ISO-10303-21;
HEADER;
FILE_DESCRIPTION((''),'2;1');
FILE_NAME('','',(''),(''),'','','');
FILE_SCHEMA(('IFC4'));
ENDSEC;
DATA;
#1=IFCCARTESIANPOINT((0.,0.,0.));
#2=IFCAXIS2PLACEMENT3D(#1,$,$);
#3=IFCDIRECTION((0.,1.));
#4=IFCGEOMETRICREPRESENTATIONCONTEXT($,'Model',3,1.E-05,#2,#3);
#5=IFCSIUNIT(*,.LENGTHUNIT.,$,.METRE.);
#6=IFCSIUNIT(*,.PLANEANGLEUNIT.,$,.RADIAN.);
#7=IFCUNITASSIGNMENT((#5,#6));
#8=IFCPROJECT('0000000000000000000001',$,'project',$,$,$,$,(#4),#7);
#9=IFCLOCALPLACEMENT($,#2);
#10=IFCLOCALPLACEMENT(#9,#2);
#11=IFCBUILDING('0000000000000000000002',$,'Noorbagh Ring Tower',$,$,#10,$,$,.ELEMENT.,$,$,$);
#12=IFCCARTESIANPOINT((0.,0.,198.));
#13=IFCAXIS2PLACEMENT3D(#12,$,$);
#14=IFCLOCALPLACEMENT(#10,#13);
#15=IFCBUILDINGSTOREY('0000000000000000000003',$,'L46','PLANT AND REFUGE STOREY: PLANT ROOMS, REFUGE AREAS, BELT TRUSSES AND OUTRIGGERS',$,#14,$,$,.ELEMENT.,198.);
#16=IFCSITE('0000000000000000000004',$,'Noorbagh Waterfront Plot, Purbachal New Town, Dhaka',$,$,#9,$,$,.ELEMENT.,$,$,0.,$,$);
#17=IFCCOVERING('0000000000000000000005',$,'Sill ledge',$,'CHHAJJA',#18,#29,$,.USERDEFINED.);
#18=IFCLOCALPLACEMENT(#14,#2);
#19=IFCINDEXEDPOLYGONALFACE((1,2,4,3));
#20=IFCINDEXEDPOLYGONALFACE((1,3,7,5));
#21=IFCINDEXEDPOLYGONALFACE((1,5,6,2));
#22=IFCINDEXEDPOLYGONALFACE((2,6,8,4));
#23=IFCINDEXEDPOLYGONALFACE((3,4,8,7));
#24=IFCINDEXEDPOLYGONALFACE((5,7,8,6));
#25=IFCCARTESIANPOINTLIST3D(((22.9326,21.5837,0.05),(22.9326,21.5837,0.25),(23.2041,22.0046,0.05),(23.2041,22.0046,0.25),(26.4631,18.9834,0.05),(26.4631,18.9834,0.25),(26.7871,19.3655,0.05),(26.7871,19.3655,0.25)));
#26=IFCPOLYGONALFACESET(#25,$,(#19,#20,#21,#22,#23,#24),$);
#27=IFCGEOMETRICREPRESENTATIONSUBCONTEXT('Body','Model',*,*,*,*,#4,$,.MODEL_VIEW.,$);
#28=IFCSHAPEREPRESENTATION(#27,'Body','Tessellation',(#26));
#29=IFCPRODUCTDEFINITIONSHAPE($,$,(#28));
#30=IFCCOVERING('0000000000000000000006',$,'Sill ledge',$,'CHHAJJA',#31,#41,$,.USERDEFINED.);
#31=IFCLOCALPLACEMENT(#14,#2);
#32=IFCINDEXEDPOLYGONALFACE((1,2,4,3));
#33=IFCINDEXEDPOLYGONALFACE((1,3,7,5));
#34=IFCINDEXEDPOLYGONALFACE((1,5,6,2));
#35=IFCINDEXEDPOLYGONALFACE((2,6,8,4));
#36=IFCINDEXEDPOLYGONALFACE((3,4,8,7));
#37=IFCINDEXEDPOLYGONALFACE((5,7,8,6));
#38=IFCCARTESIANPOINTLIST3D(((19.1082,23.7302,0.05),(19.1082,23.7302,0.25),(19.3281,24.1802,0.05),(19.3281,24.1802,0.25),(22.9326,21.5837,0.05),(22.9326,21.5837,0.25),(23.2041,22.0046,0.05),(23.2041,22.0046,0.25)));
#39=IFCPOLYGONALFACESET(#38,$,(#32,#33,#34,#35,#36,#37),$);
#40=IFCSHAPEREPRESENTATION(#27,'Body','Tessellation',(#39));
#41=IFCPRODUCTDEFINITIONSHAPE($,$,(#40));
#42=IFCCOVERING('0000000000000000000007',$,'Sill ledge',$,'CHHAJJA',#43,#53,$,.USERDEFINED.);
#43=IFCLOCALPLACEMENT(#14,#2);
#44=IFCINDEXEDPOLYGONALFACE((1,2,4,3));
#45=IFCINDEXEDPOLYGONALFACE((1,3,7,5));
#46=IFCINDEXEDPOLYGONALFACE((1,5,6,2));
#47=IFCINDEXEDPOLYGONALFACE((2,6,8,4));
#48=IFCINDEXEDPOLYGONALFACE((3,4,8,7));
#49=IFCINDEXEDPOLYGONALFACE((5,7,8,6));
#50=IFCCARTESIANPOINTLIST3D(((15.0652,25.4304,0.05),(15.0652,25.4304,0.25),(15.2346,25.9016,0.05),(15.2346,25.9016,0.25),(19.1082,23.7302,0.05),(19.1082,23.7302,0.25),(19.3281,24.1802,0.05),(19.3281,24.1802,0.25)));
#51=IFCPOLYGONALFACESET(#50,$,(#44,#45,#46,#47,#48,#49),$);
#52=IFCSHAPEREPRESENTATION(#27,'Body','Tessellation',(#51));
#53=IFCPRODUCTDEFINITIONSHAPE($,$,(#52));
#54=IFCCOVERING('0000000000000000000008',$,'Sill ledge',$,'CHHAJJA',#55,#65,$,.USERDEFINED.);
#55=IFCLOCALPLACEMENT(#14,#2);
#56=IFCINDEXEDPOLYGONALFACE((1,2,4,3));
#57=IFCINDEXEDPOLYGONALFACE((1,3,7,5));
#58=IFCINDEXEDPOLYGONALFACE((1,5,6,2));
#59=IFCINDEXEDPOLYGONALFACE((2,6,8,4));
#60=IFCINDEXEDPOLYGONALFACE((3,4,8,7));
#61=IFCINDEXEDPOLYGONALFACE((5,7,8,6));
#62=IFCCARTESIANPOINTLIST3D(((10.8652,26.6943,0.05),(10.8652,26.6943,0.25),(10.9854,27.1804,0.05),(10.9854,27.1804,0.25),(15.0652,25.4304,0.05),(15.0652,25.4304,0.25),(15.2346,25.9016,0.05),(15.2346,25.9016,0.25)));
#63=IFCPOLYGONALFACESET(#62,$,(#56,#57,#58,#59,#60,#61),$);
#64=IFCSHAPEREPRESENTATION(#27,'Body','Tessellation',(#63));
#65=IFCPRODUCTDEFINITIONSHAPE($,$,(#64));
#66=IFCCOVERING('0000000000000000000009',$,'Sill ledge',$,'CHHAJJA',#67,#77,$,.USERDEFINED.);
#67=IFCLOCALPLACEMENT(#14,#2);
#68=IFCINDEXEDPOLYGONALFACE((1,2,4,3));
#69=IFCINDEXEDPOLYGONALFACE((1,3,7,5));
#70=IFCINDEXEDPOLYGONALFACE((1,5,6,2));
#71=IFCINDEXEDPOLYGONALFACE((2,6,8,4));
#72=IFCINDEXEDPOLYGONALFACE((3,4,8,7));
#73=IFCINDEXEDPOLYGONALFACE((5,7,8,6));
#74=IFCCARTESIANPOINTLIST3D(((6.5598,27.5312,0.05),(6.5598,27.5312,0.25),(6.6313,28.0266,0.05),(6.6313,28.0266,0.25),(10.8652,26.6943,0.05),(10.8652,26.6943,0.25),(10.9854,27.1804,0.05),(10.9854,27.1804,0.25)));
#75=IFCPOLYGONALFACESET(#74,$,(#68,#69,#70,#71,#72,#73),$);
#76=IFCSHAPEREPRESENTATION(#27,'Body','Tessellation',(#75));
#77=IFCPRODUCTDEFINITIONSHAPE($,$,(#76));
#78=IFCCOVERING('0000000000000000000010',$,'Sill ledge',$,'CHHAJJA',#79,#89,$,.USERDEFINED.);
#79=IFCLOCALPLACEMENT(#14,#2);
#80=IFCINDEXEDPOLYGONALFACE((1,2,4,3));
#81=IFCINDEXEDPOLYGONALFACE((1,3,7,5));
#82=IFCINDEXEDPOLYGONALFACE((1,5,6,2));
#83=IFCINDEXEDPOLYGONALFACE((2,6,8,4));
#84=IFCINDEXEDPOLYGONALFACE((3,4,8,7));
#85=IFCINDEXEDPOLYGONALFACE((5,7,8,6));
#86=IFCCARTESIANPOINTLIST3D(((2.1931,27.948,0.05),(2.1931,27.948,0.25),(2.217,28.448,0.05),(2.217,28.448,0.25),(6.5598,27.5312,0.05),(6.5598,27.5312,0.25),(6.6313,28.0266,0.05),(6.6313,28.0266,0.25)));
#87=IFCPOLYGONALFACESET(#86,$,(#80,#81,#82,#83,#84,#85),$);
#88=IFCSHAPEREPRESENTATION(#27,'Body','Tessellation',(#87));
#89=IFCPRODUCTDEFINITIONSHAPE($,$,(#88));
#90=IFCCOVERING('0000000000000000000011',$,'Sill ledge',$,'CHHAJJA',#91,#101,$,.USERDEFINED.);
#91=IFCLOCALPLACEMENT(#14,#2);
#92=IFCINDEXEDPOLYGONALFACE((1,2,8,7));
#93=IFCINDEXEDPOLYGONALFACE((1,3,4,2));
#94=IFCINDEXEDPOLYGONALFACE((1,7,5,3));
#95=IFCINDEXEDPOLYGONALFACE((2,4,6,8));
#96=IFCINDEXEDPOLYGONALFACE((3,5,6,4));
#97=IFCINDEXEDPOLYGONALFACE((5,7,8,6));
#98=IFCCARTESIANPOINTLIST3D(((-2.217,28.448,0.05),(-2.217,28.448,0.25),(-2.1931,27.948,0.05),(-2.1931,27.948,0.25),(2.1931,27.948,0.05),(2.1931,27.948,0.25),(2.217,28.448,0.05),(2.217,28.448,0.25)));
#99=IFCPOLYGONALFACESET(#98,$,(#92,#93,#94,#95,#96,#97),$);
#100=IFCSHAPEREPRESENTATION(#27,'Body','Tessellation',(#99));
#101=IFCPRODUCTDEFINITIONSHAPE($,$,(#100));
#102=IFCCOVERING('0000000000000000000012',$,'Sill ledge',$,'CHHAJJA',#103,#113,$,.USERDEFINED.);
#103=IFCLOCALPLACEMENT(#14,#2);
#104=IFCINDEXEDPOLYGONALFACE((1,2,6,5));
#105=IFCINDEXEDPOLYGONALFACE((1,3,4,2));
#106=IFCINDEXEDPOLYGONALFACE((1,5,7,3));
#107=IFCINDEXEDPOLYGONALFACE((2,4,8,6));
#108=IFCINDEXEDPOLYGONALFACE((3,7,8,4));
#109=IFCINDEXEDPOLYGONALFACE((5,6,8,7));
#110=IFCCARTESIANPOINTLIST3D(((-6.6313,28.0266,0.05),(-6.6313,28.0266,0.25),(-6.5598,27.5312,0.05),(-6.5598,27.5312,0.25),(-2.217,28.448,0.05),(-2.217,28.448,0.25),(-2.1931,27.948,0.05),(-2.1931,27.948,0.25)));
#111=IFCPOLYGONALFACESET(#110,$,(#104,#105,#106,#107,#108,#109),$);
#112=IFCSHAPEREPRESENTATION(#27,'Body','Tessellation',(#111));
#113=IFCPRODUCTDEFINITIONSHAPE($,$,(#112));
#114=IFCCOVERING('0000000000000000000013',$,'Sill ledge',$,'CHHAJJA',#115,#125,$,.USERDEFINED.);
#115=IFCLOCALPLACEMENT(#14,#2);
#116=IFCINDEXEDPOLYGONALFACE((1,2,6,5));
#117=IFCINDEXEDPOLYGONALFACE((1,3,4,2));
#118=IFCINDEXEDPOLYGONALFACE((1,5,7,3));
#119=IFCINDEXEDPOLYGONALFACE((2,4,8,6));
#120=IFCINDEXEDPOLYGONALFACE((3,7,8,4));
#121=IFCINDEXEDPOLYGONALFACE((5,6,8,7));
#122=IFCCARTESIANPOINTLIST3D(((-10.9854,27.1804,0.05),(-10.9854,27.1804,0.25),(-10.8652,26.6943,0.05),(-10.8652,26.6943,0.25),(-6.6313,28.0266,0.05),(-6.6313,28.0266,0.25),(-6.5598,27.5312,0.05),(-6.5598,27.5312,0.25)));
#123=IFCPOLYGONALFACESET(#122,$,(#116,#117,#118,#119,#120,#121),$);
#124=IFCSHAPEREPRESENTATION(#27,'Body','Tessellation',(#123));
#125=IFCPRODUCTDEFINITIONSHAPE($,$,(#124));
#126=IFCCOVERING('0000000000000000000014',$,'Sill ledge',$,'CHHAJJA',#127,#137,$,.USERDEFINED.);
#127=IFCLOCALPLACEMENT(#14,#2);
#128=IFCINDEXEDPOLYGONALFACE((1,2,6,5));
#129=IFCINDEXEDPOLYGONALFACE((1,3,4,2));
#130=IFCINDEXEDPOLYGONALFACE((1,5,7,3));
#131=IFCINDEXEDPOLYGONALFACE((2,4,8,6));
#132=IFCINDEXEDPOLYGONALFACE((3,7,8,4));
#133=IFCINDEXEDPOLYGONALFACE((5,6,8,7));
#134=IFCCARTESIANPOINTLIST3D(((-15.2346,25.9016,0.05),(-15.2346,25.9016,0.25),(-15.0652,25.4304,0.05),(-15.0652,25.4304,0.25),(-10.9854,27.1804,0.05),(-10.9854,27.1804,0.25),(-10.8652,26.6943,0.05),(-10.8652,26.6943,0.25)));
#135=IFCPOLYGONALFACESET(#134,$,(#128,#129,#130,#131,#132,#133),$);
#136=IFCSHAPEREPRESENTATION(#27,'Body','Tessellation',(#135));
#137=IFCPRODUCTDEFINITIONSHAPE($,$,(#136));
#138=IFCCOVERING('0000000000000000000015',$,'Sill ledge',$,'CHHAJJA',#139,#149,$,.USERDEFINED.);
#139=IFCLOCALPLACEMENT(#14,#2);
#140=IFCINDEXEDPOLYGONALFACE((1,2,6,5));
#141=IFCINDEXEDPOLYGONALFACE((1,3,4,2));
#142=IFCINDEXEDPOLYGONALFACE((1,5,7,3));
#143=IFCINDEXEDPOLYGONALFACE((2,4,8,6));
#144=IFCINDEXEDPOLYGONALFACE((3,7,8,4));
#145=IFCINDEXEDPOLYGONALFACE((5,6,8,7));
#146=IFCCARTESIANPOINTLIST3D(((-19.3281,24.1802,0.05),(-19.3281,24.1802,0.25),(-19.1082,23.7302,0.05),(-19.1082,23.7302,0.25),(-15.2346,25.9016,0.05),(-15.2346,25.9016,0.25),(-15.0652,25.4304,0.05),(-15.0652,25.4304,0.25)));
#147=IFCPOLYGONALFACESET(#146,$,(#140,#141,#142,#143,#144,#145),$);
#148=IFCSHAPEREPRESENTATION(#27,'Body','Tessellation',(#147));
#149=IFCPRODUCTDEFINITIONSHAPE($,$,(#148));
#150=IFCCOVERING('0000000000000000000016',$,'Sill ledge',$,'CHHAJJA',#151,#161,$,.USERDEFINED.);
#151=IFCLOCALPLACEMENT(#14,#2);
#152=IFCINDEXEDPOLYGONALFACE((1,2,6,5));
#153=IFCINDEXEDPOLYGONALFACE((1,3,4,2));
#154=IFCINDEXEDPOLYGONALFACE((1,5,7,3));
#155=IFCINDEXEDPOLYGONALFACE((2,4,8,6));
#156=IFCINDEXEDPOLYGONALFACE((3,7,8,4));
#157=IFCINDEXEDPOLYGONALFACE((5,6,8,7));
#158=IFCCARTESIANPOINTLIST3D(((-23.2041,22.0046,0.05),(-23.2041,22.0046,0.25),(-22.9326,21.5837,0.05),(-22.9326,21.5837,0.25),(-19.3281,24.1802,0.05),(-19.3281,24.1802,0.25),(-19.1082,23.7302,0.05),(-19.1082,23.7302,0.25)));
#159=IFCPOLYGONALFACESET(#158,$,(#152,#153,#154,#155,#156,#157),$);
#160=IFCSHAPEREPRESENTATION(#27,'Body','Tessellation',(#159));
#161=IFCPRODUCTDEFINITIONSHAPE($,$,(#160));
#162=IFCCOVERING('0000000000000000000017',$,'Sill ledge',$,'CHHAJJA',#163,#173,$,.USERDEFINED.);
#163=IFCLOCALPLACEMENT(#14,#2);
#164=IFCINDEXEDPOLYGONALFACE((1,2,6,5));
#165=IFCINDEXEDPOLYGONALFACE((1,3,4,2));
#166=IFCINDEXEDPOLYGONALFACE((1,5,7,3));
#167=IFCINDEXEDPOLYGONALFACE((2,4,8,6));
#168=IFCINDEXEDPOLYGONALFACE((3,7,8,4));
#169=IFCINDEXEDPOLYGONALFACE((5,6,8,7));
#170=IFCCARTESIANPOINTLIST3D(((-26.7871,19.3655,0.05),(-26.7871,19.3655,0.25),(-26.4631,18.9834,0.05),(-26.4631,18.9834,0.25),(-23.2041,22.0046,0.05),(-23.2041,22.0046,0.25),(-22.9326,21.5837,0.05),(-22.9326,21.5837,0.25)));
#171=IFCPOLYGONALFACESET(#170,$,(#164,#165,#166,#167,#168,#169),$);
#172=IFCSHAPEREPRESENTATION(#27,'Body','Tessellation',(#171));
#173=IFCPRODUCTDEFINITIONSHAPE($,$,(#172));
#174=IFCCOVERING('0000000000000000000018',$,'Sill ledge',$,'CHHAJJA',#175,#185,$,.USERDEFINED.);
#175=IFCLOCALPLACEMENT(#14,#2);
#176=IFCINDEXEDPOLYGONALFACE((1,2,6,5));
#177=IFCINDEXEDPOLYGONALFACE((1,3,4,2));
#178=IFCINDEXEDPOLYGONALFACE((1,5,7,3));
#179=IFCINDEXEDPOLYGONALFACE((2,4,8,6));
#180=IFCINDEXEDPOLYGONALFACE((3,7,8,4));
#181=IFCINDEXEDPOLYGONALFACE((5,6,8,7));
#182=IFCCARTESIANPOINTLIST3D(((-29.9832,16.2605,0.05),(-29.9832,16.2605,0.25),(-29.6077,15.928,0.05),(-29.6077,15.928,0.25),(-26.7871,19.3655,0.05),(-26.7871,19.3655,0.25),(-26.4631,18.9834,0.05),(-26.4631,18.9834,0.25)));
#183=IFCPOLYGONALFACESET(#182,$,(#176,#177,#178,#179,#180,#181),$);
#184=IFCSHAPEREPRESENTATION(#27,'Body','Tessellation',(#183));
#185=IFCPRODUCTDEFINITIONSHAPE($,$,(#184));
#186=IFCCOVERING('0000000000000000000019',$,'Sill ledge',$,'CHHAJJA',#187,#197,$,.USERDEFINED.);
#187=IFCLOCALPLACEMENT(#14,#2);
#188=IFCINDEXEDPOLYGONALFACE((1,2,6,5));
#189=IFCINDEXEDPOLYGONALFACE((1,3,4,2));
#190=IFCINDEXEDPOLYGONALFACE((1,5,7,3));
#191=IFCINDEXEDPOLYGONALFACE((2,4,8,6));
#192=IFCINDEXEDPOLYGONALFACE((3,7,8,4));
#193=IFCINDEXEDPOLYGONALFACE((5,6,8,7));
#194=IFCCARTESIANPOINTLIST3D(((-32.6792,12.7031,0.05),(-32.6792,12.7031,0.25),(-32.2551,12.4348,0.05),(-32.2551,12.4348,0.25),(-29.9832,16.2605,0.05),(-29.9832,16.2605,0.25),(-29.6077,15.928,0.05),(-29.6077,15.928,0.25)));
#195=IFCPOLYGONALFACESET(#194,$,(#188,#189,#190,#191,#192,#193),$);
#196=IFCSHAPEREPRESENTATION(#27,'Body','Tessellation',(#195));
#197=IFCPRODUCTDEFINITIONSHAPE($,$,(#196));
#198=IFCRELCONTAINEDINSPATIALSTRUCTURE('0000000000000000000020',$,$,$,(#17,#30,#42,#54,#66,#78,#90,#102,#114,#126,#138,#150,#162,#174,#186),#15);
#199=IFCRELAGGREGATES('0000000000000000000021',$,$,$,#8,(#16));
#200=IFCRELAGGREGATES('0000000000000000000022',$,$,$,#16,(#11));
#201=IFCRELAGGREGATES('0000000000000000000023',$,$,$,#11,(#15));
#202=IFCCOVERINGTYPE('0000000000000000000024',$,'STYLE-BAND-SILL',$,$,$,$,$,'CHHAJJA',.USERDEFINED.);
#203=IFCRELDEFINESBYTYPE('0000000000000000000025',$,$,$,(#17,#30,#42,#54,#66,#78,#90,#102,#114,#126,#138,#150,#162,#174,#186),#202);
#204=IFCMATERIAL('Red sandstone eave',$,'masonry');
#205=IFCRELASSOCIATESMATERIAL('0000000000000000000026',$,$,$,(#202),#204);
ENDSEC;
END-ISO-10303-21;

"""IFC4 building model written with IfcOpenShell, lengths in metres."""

from ifc_helpers import new_model, si_unit, direction, frame, origin, place, context, subcontext, project, spatial, polyline, outline, extrude, material, type_object, element, save


model = new_model("IFC4")

# Units and contexts
model_context = context("Model", 3, precision=1e-05, world=origin(), true_north=direction((0.0, 1.0)))
body_context = subcontext(model_context, "Body", "Model", "MODEL_VIEW")
ifc_project = project(units=[si_unit("LENGTHUNIT", "METRE"), si_unit("PLANEANGLEUNIT", "RADIAN")], contexts=[model_context])

# Site, building, storey
site_placement = place(None, origin())
site = spatial("IfcSite", under=ifc_project, at=site_placement, Name="Noorbagh Waterfront Plot, Purbachal New Town, Dhaka", CompositionType="ELEMENT", RefElevation=0.0)
building_placement = place(site_placement, origin())
building = spatial("IfcBuilding", under=site, at=building_placement, Name="Noorbagh Ring Tower", CompositionType="ELEMENT")
storey_placement = place(building_placement, frame((0.0, 0.0, 198.0)))
storey = spatial("IfcBuildingStorey", under=building, at=storey_placement, Name="L46", Description="PLANT AND REFUGE STOREY: PLANT ROOMS, REFUGE AREAS, BELT TRUSSES AND OUTRIGGERS", CompositionType="ELEMENT", Elevation=198.0)

# Coverings
ifc_material = material(Name="Red sandstone eave", Category="masonry")
covering_type = type_object("IfcCoveringType", Name="STYLE-BAND-SILL", ElementType="CHHAJJA", PredefinedType="USERDEFINED", material=ifc_material)
covering_1_placement = place(storey_placement, frame((0.0, 0.0, 0.05)))
element("IfcCovering", 1, at=covering_1_placement, inside=storey, type_object=covering_type, Name="Sill ledge", ObjectType="CHHAJJA", PredefinedType="USERDEFINED", context=body_context, shape_type="SweptSolid", body=[
    extrude(outline(polyline([(26.4631, 18.9834), (22.9326, 21.5837), (23.2041, 22.0046), (26.7871, 19.3655), (26.4631, 18.9834)])), origin(), (0.0, 0.0, 1.0), 0.2),
])
covering_2_placement = place(storey_placement, frame((0.0, 0.0, 0.05)))
element("IfcCovering", 2, at=covering_2_placement, inside=storey, type_object=covering_type, Name="Sill ledge", ObjectType="CHHAJJA", PredefinedType="USERDEFINED", context=body_context, shape_type="SweptSolid", body=[
    extrude(outline(polyline([(22.9326, 21.5837), (19.1082, 23.7302), (19.3281, 24.1802), (23.2041, 22.0046), (22.9326, 21.5837)])), origin(), (0.0, 0.0, 1.0), 0.2),
])
covering_3_placement = place(storey_placement, frame((0.0, 0.0, 0.05)))
element("IfcCovering", 3, at=covering_3_placement, inside=storey, type_object=covering_type, Name="Sill ledge", ObjectType="CHHAJJA", PredefinedType="USERDEFINED", context=body_context, shape_type="SweptSolid", body=[
    extrude(outline(polyline([(19.1082, 23.7302), (15.0652, 25.4304), (15.2346, 25.9016), (19.3281, 24.1802), (19.1082, 23.7302)])), origin(), (0.0, 0.0, 1.0), 0.2),
])
covering_4_placement = place(storey_placement, frame((0.0, 0.0, 0.05)))
element("IfcCovering", 4, at=covering_4_placement, inside=storey, type_object=covering_type, Name="Sill ledge", ObjectType="CHHAJJA", PredefinedType="USERDEFINED", context=body_context, shape_type="SweptSolid", body=[
    extrude(outline(polyline([(15.0652, 25.4304), (10.8652, 26.6943), (10.9854, 27.1804), (15.2346, 25.9016), (15.0652, 25.4304)])), origin(), (0.0, 0.0, 1.0), 0.2),
])
covering_5_placement = place(storey_placement, frame((0.0, 0.0, 0.05)))
element("IfcCovering", 5, at=covering_5_placement, inside=storey, type_object=covering_type, Name="Sill ledge", ObjectType="CHHAJJA", PredefinedType="USERDEFINED", context=body_context, shape_type="SweptSolid", body=[
    extrude(outline(polyline([(10.8652, 26.6943), (6.5598, 27.5312), (6.6313, 28.0266), (10.9854, 27.1804), (10.8652, 26.6943)])), origin(), (0.0, 0.0, 1.0), 0.2),
])
covering_6_placement = place(storey_placement, frame((0.0, 0.0, 0.05)))
element("IfcCovering", 6, at=covering_6_placement, inside=storey, type_object=covering_type, Name="Sill ledge", ObjectType="CHHAJJA", PredefinedType="USERDEFINED", context=body_context, shape_type="SweptSolid", body=[
    extrude(outline(polyline([(6.5598, 27.5312), (2.1931, 27.948), (2.217, 28.448), (6.6313, 28.0266), (6.5598, 27.5312)])), origin(), (0.0, 0.0, 1.0), 0.2),
])
covering_7_placement = place(storey_placement, frame((0.0, 0.0, 0.05)))
element("IfcCovering", 7, at=covering_7_placement, inside=storey, type_object=covering_type, Name="Sill ledge", ObjectType="CHHAJJA", PredefinedType="USERDEFINED", context=body_context, shape_type="SweptSolid", body=[
    extrude(outline(polyline([(2.1931, 27.948), (-2.1931, 27.948), (-2.217, 28.448), (2.217, 28.448), (2.1931, 27.948)])), origin(), (0.0, 0.0, 1.0), 0.2),
])
covering_8_placement = place(storey_placement, frame((0.0, 0.0, 0.05)))
element("IfcCovering", 8, at=covering_8_placement, inside=storey, type_object=covering_type, Name="Sill ledge", ObjectType="CHHAJJA", PredefinedType="USERDEFINED", context=body_context, shape_type="SweptSolid", body=[
    extrude(outline(polyline([(-2.1931, 27.948), (-6.5598, 27.5312), (-6.6313, 28.0266), (-2.217, 28.448), (-2.1931, 27.948)])), origin(), (0.0, 0.0, 1.0), 0.2),
])
covering_9_placement = place(storey_placement, frame((0.0, 0.0, 0.05)))
element("IfcCovering", 9, at=covering_9_placement, inside=storey, type_object=covering_type, Name="Sill ledge", ObjectType="CHHAJJA", PredefinedType="USERDEFINED", context=body_context, shape_type="SweptSolid", body=[
    extrude(outline(polyline([(-6.5598, 27.5312), (-10.8652, 26.6943), (-10.9854, 27.1804), (-6.6313, 28.0266), (-6.5598, 27.5312)])), origin(), (0.0, 0.0, 1.0), 0.2),
])
covering_10_placement = place(storey_placement, frame((0.0, 0.0, 0.05)))
element("IfcCovering", 10, at=covering_10_placement, inside=storey, type_object=covering_type, Name="Sill ledge", ObjectType="CHHAJJA", PredefinedType="USERDEFINED", context=body_context, shape_type="SweptSolid", body=[
    extrude(outline(polyline([(-10.8652, 26.6943), (-15.0652, 25.4304), (-15.2346, 25.9016), (-10.9854, 27.1804), (-10.8652, 26.6943)])), origin(), (0.0, 0.0, 1.0), 0.2),
])
covering_11_placement = place(storey_placement, frame((0.0, 0.0, 0.05)))
element("IfcCovering", 11, at=covering_11_placement, inside=storey, type_object=covering_type, Name="Sill ledge", ObjectType="CHHAJJA", PredefinedType="USERDEFINED", context=body_context, shape_type="SweptSolid", body=[
    extrude(outline(polyline([(-15.0652, 25.4304), (-19.1082, 23.7302), (-19.3281, 24.1802), (-15.2346, 25.9016), (-15.0652, 25.4304)])), origin(), (0.0, 0.0, 1.0), 0.2),
])
covering_12_placement = place(storey_placement, frame((0.0, 0.0, 0.05)))
element("IfcCovering", 12, at=covering_12_placement, inside=storey, type_object=covering_type, Name="Sill ledge", ObjectType="CHHAJJA", PredefinedType="USERDEFINED", context=body_context, shape_type="SweptSolid", body=[
    extrude(outline(polyline([(-19.1082, 23.7302), (-22.9326, 21.5837), (-23.2041, 22.0046), (-19.3281, 24.1802), (-19.1082, 23.7302)])), origin(), (0.0, 0.0, 1.0), 0.2),
])
covering_13_placement = place(storey_placement, frame((0.0, 0.0, 0.05)))
element("IfcCovering", 13, at=covering_13_placement, inside=storey, type_object=covering_type, Name="Sill ledge", ObjectType="CHHAJJA", PredefinedType="USERDEFINED", context=body_context, shape_type="SweptSolid", body=[
    extrude(outline(polyline([(-22.9326, 21.5837), (-26.4631, 18.9834), (-26.7871, 19.3655), (-23.2041, 22.0046), (-22.9326, 21.5837)])), origin(), (0.0, 0.0, 1.0), 0.2),
])
covering_14_placement = place(storey_placement, frame((0.0, 0.0, 0.05)))
element("IfcCovering", 14, at=covering_14_placement, inside=storey, type_object=covering_type, Name="Sill ledge", ObjectType="CHHAJJA", PredefinedType="USERDEFINED", context=body_context, shape_type="SweptSolid", body=[
    extrude(outline(polyline([(-26.4631, 18.9834), (-29.6077, 15.928), (-29.9832, 16.2605), (-26.7871, 19.3655), (-26.4631, 18.9834)])), origin(), (0.0, 0.0, 1.0), 0.2),
])
covering_15_placement = place(storey_placement, frame((0.0, 0.0, 0.05)))
element("IfcCovering", 15, at=covering_15_placement, inside=storey, type_object=covering_type, Name="Sill ledge", ObjectType="CHHAJJA", PredefinedType="USERDEFINED", context=body_context, shape_type="SweptSolid", body=[
    extrude(outline(polyline([(-29.6077, 15.928), (-32.2551, 12.4348), (-32.6792, 12.7031), (-29.9832, 16.2605), (-29.6077, 15.928)])), origin(), (0.0, 0.0, 1.0), 0.2),
])

save(model, "model.ifc")
